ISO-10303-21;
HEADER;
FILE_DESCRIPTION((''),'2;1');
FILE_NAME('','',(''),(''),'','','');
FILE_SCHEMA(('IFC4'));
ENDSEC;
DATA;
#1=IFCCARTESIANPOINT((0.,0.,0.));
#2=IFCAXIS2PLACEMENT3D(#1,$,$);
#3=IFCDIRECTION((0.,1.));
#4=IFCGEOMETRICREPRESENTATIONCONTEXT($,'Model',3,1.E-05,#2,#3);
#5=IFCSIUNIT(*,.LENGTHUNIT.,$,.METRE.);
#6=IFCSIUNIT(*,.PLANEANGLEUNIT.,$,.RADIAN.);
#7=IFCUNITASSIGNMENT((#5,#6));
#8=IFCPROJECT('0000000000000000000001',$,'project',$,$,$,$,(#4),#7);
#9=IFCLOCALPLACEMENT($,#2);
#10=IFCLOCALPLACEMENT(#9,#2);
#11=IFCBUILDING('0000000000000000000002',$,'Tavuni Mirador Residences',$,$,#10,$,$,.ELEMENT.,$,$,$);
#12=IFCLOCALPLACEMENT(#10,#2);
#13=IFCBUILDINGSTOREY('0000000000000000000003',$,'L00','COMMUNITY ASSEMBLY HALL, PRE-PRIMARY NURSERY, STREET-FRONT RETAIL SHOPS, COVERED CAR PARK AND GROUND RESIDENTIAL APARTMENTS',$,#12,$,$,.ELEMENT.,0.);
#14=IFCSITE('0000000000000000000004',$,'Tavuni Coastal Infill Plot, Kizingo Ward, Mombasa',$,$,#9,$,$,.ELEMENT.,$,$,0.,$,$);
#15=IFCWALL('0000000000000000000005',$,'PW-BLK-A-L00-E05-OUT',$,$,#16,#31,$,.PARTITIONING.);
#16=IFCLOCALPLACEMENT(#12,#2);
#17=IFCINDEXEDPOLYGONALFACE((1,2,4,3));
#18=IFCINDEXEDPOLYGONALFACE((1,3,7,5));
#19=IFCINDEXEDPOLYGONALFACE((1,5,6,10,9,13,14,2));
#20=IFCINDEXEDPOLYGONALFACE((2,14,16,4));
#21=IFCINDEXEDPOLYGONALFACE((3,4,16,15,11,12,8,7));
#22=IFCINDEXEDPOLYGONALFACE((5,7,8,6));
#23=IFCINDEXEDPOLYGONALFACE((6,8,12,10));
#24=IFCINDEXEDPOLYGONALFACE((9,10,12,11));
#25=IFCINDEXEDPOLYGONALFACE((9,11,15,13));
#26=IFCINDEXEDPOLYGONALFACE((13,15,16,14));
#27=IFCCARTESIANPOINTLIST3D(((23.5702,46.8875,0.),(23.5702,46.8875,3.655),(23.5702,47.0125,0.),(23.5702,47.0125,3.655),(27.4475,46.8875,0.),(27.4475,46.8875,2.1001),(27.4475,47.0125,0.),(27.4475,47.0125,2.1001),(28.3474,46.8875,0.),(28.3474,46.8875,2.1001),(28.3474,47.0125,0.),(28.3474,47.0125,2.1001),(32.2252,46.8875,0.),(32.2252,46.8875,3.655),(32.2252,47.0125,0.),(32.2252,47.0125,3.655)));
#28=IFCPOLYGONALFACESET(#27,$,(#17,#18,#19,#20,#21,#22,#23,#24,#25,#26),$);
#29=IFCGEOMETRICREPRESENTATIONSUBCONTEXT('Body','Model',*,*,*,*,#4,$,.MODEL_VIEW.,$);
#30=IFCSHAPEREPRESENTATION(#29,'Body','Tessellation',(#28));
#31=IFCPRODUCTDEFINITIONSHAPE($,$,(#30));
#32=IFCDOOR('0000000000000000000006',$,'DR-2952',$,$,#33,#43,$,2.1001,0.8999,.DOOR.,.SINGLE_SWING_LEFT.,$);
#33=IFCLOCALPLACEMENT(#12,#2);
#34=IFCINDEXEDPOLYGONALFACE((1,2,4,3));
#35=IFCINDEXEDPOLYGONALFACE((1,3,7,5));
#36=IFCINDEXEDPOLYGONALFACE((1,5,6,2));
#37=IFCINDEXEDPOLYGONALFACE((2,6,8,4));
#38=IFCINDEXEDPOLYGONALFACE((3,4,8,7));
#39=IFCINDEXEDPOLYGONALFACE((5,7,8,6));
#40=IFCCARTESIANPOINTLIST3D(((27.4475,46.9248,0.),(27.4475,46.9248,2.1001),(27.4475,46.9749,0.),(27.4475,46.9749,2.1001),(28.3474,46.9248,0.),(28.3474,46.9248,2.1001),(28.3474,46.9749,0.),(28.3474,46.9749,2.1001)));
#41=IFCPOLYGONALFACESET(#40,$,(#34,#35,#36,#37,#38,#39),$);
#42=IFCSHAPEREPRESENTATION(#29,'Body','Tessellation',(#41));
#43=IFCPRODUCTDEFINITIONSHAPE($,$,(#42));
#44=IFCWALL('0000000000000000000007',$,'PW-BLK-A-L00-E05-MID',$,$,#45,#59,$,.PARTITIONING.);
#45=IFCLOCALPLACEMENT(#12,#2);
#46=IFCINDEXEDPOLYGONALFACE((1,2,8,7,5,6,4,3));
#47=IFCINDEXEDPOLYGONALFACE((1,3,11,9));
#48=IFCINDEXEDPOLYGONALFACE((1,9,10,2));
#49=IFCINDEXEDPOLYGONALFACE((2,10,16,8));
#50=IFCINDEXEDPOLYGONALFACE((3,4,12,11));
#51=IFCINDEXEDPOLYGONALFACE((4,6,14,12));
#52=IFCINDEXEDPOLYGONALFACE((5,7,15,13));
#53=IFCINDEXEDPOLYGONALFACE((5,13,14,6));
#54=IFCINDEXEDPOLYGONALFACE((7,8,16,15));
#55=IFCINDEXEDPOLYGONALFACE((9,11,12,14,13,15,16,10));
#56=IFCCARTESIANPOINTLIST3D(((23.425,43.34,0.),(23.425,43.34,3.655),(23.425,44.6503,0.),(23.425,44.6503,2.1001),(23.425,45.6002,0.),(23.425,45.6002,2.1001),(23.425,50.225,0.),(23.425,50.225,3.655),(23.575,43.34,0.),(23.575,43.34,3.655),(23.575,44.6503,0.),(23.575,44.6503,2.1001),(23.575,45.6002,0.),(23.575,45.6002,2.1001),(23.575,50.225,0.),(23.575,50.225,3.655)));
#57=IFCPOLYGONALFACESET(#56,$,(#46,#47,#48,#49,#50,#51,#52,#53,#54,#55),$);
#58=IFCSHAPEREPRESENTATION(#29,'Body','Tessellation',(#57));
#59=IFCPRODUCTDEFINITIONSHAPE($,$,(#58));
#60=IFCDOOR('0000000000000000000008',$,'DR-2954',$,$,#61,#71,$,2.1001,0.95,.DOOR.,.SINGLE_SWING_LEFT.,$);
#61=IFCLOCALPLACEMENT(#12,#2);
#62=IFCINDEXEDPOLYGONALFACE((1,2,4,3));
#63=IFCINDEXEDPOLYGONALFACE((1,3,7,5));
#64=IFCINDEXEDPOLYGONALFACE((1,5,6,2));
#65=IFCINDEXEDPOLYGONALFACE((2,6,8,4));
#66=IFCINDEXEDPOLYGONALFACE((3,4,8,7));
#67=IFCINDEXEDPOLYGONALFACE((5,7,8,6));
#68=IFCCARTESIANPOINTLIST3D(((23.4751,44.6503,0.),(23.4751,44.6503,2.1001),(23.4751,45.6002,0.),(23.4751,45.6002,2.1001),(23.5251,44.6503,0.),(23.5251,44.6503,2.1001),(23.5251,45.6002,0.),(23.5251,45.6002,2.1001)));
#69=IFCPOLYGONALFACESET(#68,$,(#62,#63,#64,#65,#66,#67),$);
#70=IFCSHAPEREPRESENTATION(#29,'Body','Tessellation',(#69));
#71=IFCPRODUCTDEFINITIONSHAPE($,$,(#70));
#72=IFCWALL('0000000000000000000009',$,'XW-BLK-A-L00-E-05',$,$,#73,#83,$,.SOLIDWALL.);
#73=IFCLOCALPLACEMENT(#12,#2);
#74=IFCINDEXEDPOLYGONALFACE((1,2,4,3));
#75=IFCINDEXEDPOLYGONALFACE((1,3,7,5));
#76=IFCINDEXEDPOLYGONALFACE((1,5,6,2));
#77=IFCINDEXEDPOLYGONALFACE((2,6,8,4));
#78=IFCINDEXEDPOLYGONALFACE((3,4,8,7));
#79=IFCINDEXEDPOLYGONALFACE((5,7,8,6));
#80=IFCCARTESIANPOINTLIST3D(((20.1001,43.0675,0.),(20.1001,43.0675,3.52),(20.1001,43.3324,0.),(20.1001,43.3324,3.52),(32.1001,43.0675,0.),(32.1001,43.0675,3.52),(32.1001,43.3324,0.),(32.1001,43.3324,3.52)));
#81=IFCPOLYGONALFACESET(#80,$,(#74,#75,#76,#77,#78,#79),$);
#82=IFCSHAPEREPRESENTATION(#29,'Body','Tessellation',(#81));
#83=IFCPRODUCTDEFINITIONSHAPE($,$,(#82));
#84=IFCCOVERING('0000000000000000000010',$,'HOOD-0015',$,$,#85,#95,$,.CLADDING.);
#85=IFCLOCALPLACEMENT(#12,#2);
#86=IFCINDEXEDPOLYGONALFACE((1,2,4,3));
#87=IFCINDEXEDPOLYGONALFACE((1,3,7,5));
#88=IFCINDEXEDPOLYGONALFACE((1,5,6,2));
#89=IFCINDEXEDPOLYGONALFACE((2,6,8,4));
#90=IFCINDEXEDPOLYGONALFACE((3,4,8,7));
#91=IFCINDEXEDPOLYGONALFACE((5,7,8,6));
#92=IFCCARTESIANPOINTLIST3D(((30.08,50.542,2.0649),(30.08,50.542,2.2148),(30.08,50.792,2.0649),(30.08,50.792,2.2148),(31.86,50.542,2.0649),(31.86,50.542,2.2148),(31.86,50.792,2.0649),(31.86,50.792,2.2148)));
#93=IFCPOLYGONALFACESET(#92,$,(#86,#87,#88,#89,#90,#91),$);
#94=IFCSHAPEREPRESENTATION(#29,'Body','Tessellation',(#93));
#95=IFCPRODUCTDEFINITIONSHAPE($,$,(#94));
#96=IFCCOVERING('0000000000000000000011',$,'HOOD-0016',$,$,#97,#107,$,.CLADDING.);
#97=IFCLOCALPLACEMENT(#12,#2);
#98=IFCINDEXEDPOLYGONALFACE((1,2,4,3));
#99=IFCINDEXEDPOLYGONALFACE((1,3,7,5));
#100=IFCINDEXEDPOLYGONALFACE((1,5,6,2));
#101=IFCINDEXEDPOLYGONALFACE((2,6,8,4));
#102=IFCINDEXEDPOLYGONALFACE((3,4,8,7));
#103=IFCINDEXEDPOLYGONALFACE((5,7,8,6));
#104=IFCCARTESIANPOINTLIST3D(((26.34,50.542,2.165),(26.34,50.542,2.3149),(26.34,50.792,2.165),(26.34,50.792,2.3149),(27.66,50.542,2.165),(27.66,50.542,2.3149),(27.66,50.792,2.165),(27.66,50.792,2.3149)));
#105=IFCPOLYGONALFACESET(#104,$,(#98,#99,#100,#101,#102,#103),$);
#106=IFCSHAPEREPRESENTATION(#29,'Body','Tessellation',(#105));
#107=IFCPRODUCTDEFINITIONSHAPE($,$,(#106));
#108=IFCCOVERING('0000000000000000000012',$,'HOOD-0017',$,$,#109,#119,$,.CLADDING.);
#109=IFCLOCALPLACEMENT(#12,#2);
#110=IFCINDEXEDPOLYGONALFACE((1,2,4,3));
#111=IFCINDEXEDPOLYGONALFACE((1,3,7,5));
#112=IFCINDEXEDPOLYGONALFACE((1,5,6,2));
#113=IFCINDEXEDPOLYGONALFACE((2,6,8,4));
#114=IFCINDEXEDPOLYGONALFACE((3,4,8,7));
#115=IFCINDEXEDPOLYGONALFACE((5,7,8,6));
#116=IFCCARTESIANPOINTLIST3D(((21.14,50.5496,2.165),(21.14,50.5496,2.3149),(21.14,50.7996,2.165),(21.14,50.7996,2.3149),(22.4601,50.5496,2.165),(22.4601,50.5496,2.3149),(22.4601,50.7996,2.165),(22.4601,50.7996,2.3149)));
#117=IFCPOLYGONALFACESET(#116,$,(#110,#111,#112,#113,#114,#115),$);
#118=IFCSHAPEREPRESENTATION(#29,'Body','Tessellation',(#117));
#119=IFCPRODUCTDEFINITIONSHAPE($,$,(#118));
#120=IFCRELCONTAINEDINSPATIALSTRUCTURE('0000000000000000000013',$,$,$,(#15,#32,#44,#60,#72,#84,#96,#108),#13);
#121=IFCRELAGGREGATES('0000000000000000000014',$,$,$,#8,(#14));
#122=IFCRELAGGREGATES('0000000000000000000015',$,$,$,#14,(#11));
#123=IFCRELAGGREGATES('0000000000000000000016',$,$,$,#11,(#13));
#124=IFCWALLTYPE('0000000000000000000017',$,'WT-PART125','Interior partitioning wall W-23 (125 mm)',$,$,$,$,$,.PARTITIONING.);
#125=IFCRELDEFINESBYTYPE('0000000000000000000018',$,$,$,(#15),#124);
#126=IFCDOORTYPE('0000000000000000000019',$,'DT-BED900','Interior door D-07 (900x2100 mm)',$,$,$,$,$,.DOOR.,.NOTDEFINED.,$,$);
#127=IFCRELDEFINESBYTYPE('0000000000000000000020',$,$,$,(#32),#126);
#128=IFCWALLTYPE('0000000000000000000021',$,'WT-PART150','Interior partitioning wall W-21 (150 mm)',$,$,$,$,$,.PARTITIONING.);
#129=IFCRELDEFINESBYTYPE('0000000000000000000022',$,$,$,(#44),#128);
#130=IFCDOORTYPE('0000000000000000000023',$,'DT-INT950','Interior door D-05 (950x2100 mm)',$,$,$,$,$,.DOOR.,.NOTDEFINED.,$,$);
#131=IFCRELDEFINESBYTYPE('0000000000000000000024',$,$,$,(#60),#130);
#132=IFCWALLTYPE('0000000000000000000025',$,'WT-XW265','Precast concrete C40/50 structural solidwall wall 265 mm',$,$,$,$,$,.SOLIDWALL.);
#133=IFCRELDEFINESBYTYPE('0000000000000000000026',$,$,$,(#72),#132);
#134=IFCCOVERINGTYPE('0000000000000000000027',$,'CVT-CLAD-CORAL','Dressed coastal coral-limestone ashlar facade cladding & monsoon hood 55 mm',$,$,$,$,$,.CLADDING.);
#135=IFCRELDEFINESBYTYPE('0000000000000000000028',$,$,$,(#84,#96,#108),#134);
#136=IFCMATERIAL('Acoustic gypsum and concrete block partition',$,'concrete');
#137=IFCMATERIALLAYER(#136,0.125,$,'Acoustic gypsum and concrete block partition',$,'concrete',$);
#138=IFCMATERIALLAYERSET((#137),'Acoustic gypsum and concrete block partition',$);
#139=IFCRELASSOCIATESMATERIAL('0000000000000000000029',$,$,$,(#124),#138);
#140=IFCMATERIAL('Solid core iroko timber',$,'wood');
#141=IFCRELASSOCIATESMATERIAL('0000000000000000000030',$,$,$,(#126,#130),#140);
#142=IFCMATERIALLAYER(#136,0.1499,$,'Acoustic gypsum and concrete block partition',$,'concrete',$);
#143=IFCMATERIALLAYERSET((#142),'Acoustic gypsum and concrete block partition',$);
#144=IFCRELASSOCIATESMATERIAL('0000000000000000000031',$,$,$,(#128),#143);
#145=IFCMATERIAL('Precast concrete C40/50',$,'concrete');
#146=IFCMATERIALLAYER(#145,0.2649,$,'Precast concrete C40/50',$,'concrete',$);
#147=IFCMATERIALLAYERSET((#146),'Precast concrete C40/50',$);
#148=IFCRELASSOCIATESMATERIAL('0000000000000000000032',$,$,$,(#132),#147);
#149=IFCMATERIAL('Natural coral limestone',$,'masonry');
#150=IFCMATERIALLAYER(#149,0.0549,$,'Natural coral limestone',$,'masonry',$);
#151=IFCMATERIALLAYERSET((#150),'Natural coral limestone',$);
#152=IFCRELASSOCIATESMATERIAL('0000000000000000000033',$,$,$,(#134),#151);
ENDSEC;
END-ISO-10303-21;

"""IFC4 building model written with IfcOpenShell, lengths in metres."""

from ifc_helpers import new_model, si_unit, direction, frame, frame_2d, origin, origin_2d, place, context, subcontext, project, spatial, rectangle, extrude, material, layer, layer_set, type_object, element, fill, save


model = new_model("IFC4")

# Units and contexts
model_context = context("Model", 3, precision=1e-05, world=origin(), true_north=direction((0.0, 1.0)))
body_context = subcontext(model_context, "Body", "Model", "MODEL_VIEW")
ifc_project = project(units=[si_unit("LENGTHUNIT", "METRE"), si_unit("PLANEANGLEUNIT", "RADIAN")], contexts=[model_context])

# Site, building, storey
site_placement = place(None, origin())
site = spatial("IfcSite", under=ifc_project, at=site_placement, Name="Tavuni Coastal Infill Plot, Kizingo Ward, Mombasa", CompositionType="ELEMENT", RefElevation=0.0)
building_placement = place(site_placement, origin())
building = spatial("IfcBuilding", under=site, at=building_placement, Name="Tavuni Mirador Residences", CompositionType="ELEMENT")
storey_placement = place(building_placement, origin())
storey = spatial("IfcBuildingStorey", under=building, at=storey_placement, Name="L00", Description="COMMUNITY ASSEMBLY HALL, PRE-PRIMARY NURSERY, STREET-FRONT RETAIL SHOPS, COVERED CAR PARK AND GROUND RESIDENTIAL APARTMENTS", CompositionType="ELEMENT", Elevation=0.0)

# Shared definitions
ifc_material_1 = material(Name="Precast concrete C40/50", Category="concrete")

# Shared definitions
ifc_material_2 = material(Name="Solid core iroko timber", Category="wood")

# Walls, openings, doors
ifc_material_3 = material(Name="Acoustic gypsum and concrete block partition", Category="concrete")
ifc_layer_1 = layer(ifc_material_3, 0.125, Name="Acoustic gypsum and concrete block partition", Category="concrete")
ifc_layer_set_1 = layer_set([ifc_layer_1], Name="Acoustic gypsum and concrete block partition")
wall_type_1 = type_object("IfcWallType", Name="WT-PART125", Description="Interior partitioning wall W-23 (125 mm)", PredefinedType="PARTITIONING", material=ifc_layer_set_1)
wall_1_placement = place(storey_placement, frame((23.5701, 46.95, 0.0), z_axis=(0.0, 0.0, 1.0), x_axis=(1.0, 0.0, 0.0)))
wall_1 = element("IfcWall", 1, at=wall_1_placement, inside=storey, type_object=wall_type_1, Name="PW-BLK-A-L00-E05-OUT", PredefinedType="PARTITIONING", context=body_context, shape_type="SweptSolid", body=[
    extrude(rectangle(XDim=8.655, YDim=0.125, at=frame_2d((4.3276, 0.0))), origin(), (0.0, 0.0, 1.0), 3.655),
])
opening_1_placement = place(wall_1_placement, frame((3.8774, 0.0, 0.0)))
opening_1 = element("IfcOpeningElement", 2, at=opening_1_placement, cuts=wall_1, PredefinedType="OPENING", context=body_context, shape_type="SweptSolid", body=[
    extrude(rectangle(XDim=0.8999, YDim=2.1001, at=frame_2d((0.45, 1.05))), frame((0.0, 0.0725, 0.0), z_axis=(0.0, -1.0, 0.0), x_axis=(1.0, 0.0, 0.0)), (0.0, 0.0, 1.0), 0.145),
])
door_type_1 = type_object("IfcDoorType", Name="DT-BED900", Description="Interior door D-07 (900x2100 mm)", OperationType="NOTDEFINED", PredefinedType="DOOR", material=ifc_material_2)
door_1_placement = place(opening_1_placement, origin())
door_1 = element("IfcDoor", 3, at=door_1_placement, inside=storey, type_object=door_type_1, Name="DR-2952", OperationType="SINGLE_SWING_LEFT", OverallHeight=2.1001, OverallWidth=0.8999, PredefinedType="DOOR", context=body_context, shape_type="SweptSolid", body=[
    extrude(rectangle(XDim=0.8999, YDim=2.1001, at=frame_2d((0.45, 1.05))), frame((0.0, 0.0249, 0.0), z_axis=(0.0, -1.0, 0.0), x_axis=(1.0, 0.0, 0.0)), (0.0, 0.0, 1.0), 0.05),
])
fill(opening_1, door_1)
ifc_layer_2 = layer(ifc_material_3, 0.1499, Name="Acoustic gypsum and concrete block partition", Category="concrete")
ifc_layer_set_2 = layer_set([ifc_layer_2], Name="Acoustic gypsum and concrete block partition")
wall_type_2 = type_object("IfcWallType", Name="WT-PART150", Description="Interior partitioning wall W-21 (150 mm)", PredefinedType="PARTITIONING", material=ifc_layer_set_2)
wall_2_placement = place(storey_placement, frame((23.5, 43.3401, 0.0), z_axis=(0.0, 0.0, 1.0), x_axis=(0.0, 1.0, 0.0)))
wall_2 = element("IfcWall", 4, at=wall_2_placement, inside=storey, type_object=wall_type_2, Name="PW-BLK-A-L00-E05-MID", PredefinedType="PARTITIONING", context=body_context, shape_type="SweptSolid", body=[
    extrude(rectangle(XDim=6.885, YDim=0.1499, at=frame_2d((3.4424, 0.0))), origin(), (0.0, 0.0, 1.0), 3.655),
])
opening_2_placement = place(wall_2_placement, frame((1.3101, 0.0, 0.0)))
opening_2 = element("IfcOpeningElement", 5, at=opening_2_placement, cuts=wall_2, PredefinedType="OPENING", context=body_context, shape_type="SweptSolid", body=[
    extrude(rectangle(XDim=0.95, YDim=2.1001, at=frame_2d((0.4751, 1.05))), frame((0.0, 0.085, 0.0), z_axis=(0.0, -1.0, 0.0), x_axis=(1.0, 0.0, 0.0)), (0.0, 0.0, 1.0), 0.1699),
])
door_type_2 = type_object("IfcDoorType", Name="DT-INT950", Description="Interior door D-05 (950x2100 mm)", OperationType="NOTDEFINED", PredefinedType="DOOR", material=ifc_material_2)
door_2_placement = place(opening_2_placement, origin())
door_2 = element("IfcDoor", 6, at=door_2_placement, inside=storey, type_object=door_type_2, Name="DR-2954", OperationType="SINGLE_SWING_LEFT", OverallHeight=2.1001, OverallWidth=0.95, PredefinedType="DOOR", context=body_context, shape_type="SweptSolid", body=[
    extrude(rectangle(XDim=0.95, YDim=2.1001, at=frame_2d((0.4751, 1.05))), frame((0.0, 0.0249, 0.0), z_axis=(0.0, -1.0, 0.0), x_axis=(1.0, 0.0, 0.0)), (0.0, 0.0, 1.0), 0.05),
])
fill(opening_2, door_2)

# Wall
ifc_layer_3 = layer(ifc_material_1, 0.2649, Name="Precast concrete C40/50", Category="concrete")
ifc_layer_set_3 = layer_set([ifc_layer_3], Name="Precast concrete C40/50")
wall_type_3 = type_object("IfcWallType", Name="WT-XW265", Description="Precast concrete C40/50 structural solidwall wall 265 mm", PredefinedType="SOLIDWALL", material=ifc_layer_set_3)
wall_3_placement = place(storey_placement, frame((20.1001, 43.2, 0.0), z_axis=(0.0, 0.0, 1.0), x_axis=(1.0, 0.0, 0.0)))
element("IfcWall", 7, at=wall_3_placement, inside=storey, type_object=wall_type_3, Name="XW-BLK-A-L00-E-05", PredefinedType="SOLIDWALL", context=body_context, shape_type="SweptSolid", body=[
    extrude(rectangle(XDim=12.0, YDim=0.2649, at=frame_2d((6.0, 0.0))), origin(), (0.0, 0.0, 1.0), 3.52),
])

# Coverings
ifc_material_4 = material(Name="Natural coral limestone", Category="masonry")
ifc_layer_4 = layer(ifc_material_4, 0.0549, Name="Natural coral limestone", Category="masonry")
ifc_layer_set_4 = layer_set([ifc_layer_4], Name="Natural coral limestone")
covering_type = type_object("IfcCoveringType", Name="CVT-CLAD-CORAL", Description="Dressed coastal coral-limestone ashlar facade cladding & monsoon hood 55 mm", PredefinedType="CLADDING", material=ifc_layer_set_4)
covering_placement = place(storey_placement, frame((30.97, 50.667, 2.0649), z_axis=(0.0, 0.0, 1.0), x_axis=(-1.0, 0.0, 0.0)))
element("IfcCovering", 8, at=covering_placement, inside=storey, type_object=covering_type, Name="HOOD-0015", PredefinedType="CLADDING", context=body_context, shape_type="SweptSolid", body=[
    extrude(rectangle(XDim=1.78, YDim=0.25, at=origin_2d()), origin(), (0.0, 0.0, 1.0), 0.1499),
])
for number, where, z_axis, x_axis, name in (
    (9, (27.0, 50.667, 2.165), (0.0, 0.0, 1.0), (-1.0, 0.0, 0.0), "HOOD-0016"),
    (10, (21.8, 50.6746, 2.165), (0.0, 0.0, 1.0), (-1.0, 0.0, 0.0), "HOOD-0017"),
):
    element("IfcCovering", number, at=place(storey_placement, frame(where, z_axis=z_axis, x_axis=x_axis)), inside=storey, type_object=covering_type, Name=name, PredefinedType="CLADDING", context=body_context, shape_type="SweptSolid", body=[
        extrude(rectangle(XDim=1.3201, YDim=0.25, at=origin_2d()), origin(), (0.0, 0.0, 1.0), 0.1499),
    ])

save(model, "model.ifc")
